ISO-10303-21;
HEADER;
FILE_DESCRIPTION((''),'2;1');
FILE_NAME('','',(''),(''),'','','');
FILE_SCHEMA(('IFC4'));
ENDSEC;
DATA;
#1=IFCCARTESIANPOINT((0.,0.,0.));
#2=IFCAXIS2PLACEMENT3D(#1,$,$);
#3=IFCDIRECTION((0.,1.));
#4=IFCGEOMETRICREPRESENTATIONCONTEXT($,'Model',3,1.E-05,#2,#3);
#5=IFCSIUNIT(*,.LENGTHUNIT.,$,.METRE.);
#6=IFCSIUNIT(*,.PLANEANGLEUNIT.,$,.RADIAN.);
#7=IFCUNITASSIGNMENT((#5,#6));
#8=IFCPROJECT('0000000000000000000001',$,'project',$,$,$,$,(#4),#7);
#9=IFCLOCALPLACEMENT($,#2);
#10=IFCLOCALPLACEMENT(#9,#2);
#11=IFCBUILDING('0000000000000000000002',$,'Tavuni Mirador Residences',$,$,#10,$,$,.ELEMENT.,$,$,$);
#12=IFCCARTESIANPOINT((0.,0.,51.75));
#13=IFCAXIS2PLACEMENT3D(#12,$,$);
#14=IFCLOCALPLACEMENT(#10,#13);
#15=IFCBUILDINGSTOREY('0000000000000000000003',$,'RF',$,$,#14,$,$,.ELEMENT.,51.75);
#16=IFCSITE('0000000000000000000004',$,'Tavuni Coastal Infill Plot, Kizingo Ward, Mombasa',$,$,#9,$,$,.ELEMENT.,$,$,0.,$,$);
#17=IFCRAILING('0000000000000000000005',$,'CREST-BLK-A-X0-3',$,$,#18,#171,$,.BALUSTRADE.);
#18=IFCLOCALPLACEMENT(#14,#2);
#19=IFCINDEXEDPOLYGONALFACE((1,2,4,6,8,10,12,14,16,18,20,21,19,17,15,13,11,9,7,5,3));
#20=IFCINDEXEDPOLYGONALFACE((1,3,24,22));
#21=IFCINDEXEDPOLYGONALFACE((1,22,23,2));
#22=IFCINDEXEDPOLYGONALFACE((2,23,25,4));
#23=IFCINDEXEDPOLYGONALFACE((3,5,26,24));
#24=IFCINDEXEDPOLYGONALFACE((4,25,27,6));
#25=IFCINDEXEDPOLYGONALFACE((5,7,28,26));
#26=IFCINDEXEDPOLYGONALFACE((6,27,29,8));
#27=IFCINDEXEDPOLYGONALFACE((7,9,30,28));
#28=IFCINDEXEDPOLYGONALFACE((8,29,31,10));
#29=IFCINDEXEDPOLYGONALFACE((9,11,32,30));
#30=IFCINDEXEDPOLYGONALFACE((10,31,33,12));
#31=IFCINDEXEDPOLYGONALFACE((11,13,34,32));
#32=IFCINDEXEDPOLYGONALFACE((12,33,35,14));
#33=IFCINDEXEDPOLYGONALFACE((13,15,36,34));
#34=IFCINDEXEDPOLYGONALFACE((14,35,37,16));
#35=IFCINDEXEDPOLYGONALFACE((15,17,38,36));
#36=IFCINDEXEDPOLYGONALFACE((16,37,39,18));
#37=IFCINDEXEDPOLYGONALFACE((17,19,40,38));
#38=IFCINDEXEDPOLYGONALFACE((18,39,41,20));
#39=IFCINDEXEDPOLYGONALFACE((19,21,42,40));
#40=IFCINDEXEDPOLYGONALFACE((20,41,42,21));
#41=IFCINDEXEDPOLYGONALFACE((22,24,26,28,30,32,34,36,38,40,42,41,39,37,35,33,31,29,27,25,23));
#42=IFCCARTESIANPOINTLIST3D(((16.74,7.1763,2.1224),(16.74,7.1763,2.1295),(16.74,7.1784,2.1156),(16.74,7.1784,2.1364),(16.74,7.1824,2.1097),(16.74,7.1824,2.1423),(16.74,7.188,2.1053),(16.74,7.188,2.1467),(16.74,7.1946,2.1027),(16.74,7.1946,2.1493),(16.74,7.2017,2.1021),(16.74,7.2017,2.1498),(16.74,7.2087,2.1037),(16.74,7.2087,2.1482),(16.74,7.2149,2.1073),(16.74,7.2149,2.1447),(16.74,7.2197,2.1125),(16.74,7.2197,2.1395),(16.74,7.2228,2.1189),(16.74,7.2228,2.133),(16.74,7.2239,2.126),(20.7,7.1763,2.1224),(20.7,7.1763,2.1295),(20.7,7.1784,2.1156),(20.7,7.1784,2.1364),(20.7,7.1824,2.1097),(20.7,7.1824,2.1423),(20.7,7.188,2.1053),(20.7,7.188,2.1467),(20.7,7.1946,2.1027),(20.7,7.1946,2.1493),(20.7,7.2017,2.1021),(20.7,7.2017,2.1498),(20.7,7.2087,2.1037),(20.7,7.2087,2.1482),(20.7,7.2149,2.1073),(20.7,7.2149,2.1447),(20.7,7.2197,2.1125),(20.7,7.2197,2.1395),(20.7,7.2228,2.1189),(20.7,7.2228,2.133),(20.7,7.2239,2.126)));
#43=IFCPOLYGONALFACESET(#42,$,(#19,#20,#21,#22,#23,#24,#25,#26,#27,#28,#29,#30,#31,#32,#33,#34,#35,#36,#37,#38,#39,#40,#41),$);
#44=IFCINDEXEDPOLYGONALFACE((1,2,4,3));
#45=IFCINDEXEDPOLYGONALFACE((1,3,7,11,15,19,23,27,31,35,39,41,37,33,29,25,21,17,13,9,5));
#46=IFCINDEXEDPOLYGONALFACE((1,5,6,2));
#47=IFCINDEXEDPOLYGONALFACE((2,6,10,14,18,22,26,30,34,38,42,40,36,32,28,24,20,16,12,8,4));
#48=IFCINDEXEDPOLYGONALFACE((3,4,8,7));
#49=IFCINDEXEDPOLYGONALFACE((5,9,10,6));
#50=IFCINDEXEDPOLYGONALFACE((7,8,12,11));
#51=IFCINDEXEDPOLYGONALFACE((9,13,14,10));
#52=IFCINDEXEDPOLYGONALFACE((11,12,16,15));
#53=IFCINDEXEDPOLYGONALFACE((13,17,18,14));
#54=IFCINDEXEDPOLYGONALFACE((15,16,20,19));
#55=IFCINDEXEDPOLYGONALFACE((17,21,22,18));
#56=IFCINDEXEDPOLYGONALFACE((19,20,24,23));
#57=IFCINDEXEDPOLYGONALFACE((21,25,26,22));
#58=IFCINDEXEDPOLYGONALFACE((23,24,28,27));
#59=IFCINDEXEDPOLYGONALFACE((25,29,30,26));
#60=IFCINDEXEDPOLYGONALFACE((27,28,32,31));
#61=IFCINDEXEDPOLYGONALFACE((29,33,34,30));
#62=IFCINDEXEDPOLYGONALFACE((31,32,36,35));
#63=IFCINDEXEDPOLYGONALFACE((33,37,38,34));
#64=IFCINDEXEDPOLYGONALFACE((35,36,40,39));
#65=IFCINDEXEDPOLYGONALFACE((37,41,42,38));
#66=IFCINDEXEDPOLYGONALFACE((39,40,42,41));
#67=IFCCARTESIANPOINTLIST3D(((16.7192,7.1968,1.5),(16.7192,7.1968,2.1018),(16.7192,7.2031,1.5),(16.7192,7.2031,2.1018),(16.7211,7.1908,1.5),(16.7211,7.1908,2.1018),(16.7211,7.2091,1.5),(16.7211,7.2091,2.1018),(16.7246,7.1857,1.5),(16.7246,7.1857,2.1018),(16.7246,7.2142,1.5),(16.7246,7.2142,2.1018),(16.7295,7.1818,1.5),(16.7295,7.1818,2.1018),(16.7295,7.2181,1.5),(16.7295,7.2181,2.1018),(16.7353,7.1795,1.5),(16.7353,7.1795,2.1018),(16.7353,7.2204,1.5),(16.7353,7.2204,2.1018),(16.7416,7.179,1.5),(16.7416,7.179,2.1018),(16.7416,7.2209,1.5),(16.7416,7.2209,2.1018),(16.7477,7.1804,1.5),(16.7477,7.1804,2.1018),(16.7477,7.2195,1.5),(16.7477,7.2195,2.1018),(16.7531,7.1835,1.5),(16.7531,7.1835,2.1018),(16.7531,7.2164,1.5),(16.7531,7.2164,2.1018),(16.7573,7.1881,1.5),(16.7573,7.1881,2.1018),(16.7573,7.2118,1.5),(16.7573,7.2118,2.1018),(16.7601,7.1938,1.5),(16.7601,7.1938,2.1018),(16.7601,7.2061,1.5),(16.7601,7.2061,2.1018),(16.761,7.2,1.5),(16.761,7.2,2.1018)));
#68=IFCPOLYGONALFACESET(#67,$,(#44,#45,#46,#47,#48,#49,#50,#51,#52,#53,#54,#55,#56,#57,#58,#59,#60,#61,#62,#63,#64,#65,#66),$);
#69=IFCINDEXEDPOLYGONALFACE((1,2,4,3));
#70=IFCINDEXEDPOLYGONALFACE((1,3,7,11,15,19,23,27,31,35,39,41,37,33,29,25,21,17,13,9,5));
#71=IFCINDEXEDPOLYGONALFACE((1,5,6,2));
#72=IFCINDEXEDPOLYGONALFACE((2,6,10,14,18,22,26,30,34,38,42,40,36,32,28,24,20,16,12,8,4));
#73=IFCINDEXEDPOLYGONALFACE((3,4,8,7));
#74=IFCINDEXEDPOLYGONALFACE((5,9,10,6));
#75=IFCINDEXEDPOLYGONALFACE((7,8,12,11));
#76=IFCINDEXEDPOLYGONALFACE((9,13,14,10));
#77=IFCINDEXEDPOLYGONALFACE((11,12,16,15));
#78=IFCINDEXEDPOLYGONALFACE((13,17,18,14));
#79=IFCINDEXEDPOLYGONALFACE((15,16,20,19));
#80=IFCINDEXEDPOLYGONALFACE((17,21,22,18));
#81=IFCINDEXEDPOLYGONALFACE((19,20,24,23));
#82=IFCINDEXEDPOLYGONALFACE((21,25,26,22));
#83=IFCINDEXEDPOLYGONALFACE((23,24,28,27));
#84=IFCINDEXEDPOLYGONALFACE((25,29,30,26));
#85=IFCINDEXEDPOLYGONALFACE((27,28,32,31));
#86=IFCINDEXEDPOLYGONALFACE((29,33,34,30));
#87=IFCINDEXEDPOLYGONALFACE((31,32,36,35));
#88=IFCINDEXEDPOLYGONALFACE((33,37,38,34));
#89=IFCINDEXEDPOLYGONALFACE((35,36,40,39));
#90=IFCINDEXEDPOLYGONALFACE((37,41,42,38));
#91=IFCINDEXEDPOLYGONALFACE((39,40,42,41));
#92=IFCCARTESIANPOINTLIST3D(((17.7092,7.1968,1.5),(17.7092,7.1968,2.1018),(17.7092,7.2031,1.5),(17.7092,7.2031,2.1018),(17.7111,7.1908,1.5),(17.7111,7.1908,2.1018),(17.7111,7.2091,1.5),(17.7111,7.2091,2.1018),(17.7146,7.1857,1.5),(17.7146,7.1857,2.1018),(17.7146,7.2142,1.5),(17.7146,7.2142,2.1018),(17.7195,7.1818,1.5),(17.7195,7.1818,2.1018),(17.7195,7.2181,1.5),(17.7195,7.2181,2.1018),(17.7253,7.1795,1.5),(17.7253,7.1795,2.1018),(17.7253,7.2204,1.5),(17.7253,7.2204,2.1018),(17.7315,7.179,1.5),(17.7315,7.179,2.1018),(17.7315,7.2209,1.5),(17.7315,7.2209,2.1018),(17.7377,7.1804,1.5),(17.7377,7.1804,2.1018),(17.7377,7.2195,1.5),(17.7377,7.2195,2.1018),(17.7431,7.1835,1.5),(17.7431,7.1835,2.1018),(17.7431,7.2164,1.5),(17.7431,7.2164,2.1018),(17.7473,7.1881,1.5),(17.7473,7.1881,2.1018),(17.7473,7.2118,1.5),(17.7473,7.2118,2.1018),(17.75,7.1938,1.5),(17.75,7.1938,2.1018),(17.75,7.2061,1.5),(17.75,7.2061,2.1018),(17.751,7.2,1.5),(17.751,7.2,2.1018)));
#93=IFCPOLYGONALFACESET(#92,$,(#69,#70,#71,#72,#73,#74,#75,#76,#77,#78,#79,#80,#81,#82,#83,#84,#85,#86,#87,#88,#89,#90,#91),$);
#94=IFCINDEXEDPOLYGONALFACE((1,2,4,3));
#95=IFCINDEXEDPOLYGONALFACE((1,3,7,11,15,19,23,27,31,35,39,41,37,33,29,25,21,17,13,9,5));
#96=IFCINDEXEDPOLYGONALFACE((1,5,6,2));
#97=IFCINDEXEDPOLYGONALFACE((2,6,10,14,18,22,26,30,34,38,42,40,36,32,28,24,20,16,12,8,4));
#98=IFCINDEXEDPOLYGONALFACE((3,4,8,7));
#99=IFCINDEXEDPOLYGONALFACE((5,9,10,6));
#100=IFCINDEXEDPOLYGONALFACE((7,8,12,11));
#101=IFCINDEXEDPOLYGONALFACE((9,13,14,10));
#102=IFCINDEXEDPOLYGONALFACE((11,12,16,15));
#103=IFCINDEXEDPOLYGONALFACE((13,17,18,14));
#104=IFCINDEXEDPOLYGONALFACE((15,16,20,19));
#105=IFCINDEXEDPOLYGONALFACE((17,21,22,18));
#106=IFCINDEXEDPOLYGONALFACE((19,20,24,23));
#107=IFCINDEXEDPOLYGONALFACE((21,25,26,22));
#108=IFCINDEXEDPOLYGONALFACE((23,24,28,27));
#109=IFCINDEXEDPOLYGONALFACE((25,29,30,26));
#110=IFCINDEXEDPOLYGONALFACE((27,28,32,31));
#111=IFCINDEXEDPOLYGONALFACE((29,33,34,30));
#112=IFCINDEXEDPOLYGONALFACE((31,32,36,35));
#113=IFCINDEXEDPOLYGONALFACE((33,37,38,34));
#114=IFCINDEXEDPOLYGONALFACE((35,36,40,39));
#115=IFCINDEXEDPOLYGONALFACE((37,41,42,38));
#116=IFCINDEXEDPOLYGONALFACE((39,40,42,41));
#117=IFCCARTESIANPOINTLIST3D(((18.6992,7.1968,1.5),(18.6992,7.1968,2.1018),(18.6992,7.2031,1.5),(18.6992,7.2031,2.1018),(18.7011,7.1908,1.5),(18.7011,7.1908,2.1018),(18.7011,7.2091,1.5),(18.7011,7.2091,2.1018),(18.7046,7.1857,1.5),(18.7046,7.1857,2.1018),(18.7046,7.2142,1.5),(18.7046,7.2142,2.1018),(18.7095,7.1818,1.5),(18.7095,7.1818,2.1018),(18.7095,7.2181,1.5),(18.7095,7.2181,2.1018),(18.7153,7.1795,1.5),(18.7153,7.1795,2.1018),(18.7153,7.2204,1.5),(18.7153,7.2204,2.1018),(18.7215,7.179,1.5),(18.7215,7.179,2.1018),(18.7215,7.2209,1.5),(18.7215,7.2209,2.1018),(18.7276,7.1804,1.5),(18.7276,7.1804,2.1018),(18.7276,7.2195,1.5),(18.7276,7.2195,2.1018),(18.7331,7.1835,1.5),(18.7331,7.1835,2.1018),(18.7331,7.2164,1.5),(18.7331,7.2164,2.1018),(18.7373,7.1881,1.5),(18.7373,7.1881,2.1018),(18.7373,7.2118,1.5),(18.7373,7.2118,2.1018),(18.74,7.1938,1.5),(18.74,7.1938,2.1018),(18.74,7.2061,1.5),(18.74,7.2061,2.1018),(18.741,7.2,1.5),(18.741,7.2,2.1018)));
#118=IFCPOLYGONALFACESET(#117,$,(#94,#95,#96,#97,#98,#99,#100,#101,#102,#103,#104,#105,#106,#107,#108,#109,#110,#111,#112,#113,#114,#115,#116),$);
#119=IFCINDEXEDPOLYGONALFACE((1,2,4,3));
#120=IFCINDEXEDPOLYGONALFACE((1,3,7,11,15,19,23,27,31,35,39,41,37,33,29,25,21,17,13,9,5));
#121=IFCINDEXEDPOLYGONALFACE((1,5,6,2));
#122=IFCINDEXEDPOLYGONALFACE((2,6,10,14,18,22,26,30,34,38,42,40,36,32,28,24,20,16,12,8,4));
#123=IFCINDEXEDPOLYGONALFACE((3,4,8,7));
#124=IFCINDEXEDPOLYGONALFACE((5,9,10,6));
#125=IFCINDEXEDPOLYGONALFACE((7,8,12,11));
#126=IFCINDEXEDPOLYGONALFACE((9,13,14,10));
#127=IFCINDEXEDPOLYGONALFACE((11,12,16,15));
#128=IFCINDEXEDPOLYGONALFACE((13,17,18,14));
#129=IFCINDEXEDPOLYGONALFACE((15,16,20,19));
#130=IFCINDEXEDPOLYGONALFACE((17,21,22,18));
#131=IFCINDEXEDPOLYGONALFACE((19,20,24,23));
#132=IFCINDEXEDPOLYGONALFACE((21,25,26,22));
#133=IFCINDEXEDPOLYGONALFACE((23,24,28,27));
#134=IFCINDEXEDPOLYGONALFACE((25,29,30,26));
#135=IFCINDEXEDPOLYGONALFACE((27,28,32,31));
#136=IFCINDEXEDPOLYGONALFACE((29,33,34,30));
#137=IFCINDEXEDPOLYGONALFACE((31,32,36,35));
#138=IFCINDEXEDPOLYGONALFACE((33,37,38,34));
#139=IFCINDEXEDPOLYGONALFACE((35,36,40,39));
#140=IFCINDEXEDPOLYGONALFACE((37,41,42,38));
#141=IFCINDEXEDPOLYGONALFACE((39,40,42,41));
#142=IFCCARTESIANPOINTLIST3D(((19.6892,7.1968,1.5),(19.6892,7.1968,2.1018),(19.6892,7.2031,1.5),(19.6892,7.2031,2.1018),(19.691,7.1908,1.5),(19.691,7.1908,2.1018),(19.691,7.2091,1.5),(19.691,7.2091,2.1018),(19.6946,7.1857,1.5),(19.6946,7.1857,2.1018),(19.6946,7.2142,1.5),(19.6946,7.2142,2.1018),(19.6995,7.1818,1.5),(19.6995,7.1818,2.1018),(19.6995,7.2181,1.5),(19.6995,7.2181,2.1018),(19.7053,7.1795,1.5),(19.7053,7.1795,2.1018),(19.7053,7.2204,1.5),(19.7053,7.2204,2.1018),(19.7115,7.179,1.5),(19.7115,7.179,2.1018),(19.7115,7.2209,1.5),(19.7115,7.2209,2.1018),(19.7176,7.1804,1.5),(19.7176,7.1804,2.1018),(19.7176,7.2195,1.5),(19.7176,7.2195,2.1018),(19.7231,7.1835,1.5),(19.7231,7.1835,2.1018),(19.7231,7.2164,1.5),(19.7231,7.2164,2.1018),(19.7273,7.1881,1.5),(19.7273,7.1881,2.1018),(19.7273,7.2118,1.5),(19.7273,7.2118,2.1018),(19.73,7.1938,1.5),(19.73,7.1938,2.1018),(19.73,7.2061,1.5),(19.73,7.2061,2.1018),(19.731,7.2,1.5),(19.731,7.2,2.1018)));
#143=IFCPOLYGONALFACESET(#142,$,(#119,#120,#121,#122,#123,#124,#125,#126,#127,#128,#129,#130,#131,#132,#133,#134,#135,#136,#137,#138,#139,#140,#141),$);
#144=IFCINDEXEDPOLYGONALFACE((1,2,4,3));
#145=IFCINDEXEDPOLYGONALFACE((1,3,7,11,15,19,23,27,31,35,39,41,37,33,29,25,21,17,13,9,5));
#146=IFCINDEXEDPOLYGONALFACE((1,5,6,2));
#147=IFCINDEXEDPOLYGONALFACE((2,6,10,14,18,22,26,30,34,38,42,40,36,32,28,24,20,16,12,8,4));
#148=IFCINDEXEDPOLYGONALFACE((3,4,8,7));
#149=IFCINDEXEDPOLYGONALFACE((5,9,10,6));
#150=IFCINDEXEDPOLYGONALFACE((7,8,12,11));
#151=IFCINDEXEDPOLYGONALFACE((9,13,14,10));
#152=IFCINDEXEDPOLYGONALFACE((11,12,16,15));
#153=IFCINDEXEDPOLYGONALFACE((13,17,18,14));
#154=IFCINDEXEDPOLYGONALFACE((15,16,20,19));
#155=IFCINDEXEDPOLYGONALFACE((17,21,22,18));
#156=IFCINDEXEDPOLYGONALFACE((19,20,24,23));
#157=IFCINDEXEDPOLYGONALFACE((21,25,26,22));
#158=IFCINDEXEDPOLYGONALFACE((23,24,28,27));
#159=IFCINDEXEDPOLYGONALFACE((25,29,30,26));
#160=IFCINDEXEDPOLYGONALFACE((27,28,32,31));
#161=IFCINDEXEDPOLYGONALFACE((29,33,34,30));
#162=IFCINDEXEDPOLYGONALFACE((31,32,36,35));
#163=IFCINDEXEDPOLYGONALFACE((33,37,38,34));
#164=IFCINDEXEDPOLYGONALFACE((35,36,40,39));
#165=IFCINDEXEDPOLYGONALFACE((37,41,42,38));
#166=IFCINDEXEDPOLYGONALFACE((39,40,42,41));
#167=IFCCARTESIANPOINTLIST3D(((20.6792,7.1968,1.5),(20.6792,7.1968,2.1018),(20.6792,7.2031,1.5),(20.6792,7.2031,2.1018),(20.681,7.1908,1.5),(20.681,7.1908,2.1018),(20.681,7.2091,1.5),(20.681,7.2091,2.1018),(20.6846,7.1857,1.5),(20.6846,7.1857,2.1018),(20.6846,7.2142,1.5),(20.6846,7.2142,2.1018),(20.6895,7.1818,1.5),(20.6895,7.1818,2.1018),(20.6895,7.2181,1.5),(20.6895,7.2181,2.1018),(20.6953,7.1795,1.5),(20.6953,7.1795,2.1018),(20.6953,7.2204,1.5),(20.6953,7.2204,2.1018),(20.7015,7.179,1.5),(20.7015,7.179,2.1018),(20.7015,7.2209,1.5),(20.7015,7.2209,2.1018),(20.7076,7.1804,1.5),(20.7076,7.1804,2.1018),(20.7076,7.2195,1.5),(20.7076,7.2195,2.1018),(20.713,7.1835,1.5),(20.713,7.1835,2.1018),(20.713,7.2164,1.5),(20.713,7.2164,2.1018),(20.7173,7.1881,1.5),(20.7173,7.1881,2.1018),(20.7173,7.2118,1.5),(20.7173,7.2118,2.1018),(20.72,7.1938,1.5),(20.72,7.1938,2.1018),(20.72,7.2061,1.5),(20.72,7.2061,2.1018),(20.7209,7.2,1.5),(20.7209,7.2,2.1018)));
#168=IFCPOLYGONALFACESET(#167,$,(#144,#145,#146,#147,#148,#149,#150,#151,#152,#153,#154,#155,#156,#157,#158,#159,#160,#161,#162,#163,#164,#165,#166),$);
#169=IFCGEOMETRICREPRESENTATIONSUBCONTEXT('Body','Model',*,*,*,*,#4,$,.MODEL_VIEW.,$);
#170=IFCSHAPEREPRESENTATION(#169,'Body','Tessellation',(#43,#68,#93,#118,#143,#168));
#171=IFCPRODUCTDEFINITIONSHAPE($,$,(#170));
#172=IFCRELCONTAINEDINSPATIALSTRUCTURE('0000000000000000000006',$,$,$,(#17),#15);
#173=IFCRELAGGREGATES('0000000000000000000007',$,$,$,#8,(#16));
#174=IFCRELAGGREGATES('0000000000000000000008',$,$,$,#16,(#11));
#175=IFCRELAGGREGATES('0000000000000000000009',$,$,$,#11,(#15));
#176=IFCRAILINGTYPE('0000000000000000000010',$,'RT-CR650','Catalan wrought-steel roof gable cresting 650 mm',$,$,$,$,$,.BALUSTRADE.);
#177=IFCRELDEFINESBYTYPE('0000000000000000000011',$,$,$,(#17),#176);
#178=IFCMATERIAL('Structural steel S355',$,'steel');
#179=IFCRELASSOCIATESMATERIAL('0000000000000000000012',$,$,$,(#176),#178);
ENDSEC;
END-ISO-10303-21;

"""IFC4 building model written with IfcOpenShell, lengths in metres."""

from ifc_helpers import new_model, si_unit, direction, frame, origin, origin_2d, place, context, subcontext, project, spatial, circle, extrude, material, type_object, element, save


model = new_model("IFC4")

# Units and contexts
model_context = context("Model", 3, precision=1e-05, world=origin(), true_north=direction((0.0, 1.0)))
body_context = subcontext(model_context, "Body", "Model", "MODEL_VIEW")
ifc_project = project(units=[si_unit("LENGTHUNIT", "METRE"), si_unit("PLANEANGLEUNIT", "RADIAN")], contexts=[model_context])

# Site, building, storey
site_placement = place(None, origin())
site = spatial("IfcSite", under=ifc_project, at=site_placement, Name="Tavuni Coastal Infill Plot, Kizingo Ward, Mombasa", CompositionType="ELEMENT", RefElevation=0.0)
building_placement = place(site_placement, origin())
building = spatial("IfcBuilding", under=site, at=building_placement, Name="Tavuni Mirador Residences", CompositionType="ELEMENT")
storey_placement = place(building_placement, frame((0.0, 0.0, 51.75)))
storey = spatial("IfcBuildingStorey", under=building, at=storey_placement, Name="RF", CompositionType="ELEMENT", Elevation=51.75)

# Shared definitions
ifc_material_1 = material(Name="Structural steel S355", Category="steel")

# Railing
railing_type = type_object("IfcRailingType", Name="RT-CR650", Description="Catalan wrought-steel roof gable cresting 650 mm", PredefinedType="BALUSTRADE", material=ifc_material_1)
for number, where, name in (
    (1, (16.74, 7.2, 1.5), "CREST-BLK-A-X0-3"),
):
    element("IfcRailing", number, at=place(storey_placement, frame(where)), inside=storey, type_object=railing_type, Name=name, PredefinedType="BALUSTRADE", context=body_context, shape_type="SweptSolid", body=[
        extrude(circle(Radius=0.0239, at=origin_2d()), frame((0.0, 0.0, 0.626), z_axis=(1.0, 0.0, 0.0), x_axis=(0.0, 1.0, 0.0)), (0.0, 0.0, 1.0), 3.96),
        extrude(circle(Radius=0.021, at=origin_2d()), origin(), (0.0, 0.0, 1.0), 0.6018),
        extrude(circle(Radius=0.021, at=origin_2d()), frame((0.99, 0.0, 0.0)), (0.0, 0.0, 1.0), 0.6018),
        extrude(circle(Radius=0.021, at=origin_2d()), frame((1.98, 0.0, 0.0)), (0.0, 0.0, 1.0), 0.6018),
        extrude(circle(Radius=0.021, at=origin_2d()), frame((2.97, 0.0, 0.0)), (0.0, 0.0, 1.0), 0.6018),
        extrude(circle(Radius=0.021, at=origin_2d()), frame((3.96, 0.0, 0.0)), (0.0, 0.0, 1.0), 0.6018),
    ])

save(model, "model.ifc")
